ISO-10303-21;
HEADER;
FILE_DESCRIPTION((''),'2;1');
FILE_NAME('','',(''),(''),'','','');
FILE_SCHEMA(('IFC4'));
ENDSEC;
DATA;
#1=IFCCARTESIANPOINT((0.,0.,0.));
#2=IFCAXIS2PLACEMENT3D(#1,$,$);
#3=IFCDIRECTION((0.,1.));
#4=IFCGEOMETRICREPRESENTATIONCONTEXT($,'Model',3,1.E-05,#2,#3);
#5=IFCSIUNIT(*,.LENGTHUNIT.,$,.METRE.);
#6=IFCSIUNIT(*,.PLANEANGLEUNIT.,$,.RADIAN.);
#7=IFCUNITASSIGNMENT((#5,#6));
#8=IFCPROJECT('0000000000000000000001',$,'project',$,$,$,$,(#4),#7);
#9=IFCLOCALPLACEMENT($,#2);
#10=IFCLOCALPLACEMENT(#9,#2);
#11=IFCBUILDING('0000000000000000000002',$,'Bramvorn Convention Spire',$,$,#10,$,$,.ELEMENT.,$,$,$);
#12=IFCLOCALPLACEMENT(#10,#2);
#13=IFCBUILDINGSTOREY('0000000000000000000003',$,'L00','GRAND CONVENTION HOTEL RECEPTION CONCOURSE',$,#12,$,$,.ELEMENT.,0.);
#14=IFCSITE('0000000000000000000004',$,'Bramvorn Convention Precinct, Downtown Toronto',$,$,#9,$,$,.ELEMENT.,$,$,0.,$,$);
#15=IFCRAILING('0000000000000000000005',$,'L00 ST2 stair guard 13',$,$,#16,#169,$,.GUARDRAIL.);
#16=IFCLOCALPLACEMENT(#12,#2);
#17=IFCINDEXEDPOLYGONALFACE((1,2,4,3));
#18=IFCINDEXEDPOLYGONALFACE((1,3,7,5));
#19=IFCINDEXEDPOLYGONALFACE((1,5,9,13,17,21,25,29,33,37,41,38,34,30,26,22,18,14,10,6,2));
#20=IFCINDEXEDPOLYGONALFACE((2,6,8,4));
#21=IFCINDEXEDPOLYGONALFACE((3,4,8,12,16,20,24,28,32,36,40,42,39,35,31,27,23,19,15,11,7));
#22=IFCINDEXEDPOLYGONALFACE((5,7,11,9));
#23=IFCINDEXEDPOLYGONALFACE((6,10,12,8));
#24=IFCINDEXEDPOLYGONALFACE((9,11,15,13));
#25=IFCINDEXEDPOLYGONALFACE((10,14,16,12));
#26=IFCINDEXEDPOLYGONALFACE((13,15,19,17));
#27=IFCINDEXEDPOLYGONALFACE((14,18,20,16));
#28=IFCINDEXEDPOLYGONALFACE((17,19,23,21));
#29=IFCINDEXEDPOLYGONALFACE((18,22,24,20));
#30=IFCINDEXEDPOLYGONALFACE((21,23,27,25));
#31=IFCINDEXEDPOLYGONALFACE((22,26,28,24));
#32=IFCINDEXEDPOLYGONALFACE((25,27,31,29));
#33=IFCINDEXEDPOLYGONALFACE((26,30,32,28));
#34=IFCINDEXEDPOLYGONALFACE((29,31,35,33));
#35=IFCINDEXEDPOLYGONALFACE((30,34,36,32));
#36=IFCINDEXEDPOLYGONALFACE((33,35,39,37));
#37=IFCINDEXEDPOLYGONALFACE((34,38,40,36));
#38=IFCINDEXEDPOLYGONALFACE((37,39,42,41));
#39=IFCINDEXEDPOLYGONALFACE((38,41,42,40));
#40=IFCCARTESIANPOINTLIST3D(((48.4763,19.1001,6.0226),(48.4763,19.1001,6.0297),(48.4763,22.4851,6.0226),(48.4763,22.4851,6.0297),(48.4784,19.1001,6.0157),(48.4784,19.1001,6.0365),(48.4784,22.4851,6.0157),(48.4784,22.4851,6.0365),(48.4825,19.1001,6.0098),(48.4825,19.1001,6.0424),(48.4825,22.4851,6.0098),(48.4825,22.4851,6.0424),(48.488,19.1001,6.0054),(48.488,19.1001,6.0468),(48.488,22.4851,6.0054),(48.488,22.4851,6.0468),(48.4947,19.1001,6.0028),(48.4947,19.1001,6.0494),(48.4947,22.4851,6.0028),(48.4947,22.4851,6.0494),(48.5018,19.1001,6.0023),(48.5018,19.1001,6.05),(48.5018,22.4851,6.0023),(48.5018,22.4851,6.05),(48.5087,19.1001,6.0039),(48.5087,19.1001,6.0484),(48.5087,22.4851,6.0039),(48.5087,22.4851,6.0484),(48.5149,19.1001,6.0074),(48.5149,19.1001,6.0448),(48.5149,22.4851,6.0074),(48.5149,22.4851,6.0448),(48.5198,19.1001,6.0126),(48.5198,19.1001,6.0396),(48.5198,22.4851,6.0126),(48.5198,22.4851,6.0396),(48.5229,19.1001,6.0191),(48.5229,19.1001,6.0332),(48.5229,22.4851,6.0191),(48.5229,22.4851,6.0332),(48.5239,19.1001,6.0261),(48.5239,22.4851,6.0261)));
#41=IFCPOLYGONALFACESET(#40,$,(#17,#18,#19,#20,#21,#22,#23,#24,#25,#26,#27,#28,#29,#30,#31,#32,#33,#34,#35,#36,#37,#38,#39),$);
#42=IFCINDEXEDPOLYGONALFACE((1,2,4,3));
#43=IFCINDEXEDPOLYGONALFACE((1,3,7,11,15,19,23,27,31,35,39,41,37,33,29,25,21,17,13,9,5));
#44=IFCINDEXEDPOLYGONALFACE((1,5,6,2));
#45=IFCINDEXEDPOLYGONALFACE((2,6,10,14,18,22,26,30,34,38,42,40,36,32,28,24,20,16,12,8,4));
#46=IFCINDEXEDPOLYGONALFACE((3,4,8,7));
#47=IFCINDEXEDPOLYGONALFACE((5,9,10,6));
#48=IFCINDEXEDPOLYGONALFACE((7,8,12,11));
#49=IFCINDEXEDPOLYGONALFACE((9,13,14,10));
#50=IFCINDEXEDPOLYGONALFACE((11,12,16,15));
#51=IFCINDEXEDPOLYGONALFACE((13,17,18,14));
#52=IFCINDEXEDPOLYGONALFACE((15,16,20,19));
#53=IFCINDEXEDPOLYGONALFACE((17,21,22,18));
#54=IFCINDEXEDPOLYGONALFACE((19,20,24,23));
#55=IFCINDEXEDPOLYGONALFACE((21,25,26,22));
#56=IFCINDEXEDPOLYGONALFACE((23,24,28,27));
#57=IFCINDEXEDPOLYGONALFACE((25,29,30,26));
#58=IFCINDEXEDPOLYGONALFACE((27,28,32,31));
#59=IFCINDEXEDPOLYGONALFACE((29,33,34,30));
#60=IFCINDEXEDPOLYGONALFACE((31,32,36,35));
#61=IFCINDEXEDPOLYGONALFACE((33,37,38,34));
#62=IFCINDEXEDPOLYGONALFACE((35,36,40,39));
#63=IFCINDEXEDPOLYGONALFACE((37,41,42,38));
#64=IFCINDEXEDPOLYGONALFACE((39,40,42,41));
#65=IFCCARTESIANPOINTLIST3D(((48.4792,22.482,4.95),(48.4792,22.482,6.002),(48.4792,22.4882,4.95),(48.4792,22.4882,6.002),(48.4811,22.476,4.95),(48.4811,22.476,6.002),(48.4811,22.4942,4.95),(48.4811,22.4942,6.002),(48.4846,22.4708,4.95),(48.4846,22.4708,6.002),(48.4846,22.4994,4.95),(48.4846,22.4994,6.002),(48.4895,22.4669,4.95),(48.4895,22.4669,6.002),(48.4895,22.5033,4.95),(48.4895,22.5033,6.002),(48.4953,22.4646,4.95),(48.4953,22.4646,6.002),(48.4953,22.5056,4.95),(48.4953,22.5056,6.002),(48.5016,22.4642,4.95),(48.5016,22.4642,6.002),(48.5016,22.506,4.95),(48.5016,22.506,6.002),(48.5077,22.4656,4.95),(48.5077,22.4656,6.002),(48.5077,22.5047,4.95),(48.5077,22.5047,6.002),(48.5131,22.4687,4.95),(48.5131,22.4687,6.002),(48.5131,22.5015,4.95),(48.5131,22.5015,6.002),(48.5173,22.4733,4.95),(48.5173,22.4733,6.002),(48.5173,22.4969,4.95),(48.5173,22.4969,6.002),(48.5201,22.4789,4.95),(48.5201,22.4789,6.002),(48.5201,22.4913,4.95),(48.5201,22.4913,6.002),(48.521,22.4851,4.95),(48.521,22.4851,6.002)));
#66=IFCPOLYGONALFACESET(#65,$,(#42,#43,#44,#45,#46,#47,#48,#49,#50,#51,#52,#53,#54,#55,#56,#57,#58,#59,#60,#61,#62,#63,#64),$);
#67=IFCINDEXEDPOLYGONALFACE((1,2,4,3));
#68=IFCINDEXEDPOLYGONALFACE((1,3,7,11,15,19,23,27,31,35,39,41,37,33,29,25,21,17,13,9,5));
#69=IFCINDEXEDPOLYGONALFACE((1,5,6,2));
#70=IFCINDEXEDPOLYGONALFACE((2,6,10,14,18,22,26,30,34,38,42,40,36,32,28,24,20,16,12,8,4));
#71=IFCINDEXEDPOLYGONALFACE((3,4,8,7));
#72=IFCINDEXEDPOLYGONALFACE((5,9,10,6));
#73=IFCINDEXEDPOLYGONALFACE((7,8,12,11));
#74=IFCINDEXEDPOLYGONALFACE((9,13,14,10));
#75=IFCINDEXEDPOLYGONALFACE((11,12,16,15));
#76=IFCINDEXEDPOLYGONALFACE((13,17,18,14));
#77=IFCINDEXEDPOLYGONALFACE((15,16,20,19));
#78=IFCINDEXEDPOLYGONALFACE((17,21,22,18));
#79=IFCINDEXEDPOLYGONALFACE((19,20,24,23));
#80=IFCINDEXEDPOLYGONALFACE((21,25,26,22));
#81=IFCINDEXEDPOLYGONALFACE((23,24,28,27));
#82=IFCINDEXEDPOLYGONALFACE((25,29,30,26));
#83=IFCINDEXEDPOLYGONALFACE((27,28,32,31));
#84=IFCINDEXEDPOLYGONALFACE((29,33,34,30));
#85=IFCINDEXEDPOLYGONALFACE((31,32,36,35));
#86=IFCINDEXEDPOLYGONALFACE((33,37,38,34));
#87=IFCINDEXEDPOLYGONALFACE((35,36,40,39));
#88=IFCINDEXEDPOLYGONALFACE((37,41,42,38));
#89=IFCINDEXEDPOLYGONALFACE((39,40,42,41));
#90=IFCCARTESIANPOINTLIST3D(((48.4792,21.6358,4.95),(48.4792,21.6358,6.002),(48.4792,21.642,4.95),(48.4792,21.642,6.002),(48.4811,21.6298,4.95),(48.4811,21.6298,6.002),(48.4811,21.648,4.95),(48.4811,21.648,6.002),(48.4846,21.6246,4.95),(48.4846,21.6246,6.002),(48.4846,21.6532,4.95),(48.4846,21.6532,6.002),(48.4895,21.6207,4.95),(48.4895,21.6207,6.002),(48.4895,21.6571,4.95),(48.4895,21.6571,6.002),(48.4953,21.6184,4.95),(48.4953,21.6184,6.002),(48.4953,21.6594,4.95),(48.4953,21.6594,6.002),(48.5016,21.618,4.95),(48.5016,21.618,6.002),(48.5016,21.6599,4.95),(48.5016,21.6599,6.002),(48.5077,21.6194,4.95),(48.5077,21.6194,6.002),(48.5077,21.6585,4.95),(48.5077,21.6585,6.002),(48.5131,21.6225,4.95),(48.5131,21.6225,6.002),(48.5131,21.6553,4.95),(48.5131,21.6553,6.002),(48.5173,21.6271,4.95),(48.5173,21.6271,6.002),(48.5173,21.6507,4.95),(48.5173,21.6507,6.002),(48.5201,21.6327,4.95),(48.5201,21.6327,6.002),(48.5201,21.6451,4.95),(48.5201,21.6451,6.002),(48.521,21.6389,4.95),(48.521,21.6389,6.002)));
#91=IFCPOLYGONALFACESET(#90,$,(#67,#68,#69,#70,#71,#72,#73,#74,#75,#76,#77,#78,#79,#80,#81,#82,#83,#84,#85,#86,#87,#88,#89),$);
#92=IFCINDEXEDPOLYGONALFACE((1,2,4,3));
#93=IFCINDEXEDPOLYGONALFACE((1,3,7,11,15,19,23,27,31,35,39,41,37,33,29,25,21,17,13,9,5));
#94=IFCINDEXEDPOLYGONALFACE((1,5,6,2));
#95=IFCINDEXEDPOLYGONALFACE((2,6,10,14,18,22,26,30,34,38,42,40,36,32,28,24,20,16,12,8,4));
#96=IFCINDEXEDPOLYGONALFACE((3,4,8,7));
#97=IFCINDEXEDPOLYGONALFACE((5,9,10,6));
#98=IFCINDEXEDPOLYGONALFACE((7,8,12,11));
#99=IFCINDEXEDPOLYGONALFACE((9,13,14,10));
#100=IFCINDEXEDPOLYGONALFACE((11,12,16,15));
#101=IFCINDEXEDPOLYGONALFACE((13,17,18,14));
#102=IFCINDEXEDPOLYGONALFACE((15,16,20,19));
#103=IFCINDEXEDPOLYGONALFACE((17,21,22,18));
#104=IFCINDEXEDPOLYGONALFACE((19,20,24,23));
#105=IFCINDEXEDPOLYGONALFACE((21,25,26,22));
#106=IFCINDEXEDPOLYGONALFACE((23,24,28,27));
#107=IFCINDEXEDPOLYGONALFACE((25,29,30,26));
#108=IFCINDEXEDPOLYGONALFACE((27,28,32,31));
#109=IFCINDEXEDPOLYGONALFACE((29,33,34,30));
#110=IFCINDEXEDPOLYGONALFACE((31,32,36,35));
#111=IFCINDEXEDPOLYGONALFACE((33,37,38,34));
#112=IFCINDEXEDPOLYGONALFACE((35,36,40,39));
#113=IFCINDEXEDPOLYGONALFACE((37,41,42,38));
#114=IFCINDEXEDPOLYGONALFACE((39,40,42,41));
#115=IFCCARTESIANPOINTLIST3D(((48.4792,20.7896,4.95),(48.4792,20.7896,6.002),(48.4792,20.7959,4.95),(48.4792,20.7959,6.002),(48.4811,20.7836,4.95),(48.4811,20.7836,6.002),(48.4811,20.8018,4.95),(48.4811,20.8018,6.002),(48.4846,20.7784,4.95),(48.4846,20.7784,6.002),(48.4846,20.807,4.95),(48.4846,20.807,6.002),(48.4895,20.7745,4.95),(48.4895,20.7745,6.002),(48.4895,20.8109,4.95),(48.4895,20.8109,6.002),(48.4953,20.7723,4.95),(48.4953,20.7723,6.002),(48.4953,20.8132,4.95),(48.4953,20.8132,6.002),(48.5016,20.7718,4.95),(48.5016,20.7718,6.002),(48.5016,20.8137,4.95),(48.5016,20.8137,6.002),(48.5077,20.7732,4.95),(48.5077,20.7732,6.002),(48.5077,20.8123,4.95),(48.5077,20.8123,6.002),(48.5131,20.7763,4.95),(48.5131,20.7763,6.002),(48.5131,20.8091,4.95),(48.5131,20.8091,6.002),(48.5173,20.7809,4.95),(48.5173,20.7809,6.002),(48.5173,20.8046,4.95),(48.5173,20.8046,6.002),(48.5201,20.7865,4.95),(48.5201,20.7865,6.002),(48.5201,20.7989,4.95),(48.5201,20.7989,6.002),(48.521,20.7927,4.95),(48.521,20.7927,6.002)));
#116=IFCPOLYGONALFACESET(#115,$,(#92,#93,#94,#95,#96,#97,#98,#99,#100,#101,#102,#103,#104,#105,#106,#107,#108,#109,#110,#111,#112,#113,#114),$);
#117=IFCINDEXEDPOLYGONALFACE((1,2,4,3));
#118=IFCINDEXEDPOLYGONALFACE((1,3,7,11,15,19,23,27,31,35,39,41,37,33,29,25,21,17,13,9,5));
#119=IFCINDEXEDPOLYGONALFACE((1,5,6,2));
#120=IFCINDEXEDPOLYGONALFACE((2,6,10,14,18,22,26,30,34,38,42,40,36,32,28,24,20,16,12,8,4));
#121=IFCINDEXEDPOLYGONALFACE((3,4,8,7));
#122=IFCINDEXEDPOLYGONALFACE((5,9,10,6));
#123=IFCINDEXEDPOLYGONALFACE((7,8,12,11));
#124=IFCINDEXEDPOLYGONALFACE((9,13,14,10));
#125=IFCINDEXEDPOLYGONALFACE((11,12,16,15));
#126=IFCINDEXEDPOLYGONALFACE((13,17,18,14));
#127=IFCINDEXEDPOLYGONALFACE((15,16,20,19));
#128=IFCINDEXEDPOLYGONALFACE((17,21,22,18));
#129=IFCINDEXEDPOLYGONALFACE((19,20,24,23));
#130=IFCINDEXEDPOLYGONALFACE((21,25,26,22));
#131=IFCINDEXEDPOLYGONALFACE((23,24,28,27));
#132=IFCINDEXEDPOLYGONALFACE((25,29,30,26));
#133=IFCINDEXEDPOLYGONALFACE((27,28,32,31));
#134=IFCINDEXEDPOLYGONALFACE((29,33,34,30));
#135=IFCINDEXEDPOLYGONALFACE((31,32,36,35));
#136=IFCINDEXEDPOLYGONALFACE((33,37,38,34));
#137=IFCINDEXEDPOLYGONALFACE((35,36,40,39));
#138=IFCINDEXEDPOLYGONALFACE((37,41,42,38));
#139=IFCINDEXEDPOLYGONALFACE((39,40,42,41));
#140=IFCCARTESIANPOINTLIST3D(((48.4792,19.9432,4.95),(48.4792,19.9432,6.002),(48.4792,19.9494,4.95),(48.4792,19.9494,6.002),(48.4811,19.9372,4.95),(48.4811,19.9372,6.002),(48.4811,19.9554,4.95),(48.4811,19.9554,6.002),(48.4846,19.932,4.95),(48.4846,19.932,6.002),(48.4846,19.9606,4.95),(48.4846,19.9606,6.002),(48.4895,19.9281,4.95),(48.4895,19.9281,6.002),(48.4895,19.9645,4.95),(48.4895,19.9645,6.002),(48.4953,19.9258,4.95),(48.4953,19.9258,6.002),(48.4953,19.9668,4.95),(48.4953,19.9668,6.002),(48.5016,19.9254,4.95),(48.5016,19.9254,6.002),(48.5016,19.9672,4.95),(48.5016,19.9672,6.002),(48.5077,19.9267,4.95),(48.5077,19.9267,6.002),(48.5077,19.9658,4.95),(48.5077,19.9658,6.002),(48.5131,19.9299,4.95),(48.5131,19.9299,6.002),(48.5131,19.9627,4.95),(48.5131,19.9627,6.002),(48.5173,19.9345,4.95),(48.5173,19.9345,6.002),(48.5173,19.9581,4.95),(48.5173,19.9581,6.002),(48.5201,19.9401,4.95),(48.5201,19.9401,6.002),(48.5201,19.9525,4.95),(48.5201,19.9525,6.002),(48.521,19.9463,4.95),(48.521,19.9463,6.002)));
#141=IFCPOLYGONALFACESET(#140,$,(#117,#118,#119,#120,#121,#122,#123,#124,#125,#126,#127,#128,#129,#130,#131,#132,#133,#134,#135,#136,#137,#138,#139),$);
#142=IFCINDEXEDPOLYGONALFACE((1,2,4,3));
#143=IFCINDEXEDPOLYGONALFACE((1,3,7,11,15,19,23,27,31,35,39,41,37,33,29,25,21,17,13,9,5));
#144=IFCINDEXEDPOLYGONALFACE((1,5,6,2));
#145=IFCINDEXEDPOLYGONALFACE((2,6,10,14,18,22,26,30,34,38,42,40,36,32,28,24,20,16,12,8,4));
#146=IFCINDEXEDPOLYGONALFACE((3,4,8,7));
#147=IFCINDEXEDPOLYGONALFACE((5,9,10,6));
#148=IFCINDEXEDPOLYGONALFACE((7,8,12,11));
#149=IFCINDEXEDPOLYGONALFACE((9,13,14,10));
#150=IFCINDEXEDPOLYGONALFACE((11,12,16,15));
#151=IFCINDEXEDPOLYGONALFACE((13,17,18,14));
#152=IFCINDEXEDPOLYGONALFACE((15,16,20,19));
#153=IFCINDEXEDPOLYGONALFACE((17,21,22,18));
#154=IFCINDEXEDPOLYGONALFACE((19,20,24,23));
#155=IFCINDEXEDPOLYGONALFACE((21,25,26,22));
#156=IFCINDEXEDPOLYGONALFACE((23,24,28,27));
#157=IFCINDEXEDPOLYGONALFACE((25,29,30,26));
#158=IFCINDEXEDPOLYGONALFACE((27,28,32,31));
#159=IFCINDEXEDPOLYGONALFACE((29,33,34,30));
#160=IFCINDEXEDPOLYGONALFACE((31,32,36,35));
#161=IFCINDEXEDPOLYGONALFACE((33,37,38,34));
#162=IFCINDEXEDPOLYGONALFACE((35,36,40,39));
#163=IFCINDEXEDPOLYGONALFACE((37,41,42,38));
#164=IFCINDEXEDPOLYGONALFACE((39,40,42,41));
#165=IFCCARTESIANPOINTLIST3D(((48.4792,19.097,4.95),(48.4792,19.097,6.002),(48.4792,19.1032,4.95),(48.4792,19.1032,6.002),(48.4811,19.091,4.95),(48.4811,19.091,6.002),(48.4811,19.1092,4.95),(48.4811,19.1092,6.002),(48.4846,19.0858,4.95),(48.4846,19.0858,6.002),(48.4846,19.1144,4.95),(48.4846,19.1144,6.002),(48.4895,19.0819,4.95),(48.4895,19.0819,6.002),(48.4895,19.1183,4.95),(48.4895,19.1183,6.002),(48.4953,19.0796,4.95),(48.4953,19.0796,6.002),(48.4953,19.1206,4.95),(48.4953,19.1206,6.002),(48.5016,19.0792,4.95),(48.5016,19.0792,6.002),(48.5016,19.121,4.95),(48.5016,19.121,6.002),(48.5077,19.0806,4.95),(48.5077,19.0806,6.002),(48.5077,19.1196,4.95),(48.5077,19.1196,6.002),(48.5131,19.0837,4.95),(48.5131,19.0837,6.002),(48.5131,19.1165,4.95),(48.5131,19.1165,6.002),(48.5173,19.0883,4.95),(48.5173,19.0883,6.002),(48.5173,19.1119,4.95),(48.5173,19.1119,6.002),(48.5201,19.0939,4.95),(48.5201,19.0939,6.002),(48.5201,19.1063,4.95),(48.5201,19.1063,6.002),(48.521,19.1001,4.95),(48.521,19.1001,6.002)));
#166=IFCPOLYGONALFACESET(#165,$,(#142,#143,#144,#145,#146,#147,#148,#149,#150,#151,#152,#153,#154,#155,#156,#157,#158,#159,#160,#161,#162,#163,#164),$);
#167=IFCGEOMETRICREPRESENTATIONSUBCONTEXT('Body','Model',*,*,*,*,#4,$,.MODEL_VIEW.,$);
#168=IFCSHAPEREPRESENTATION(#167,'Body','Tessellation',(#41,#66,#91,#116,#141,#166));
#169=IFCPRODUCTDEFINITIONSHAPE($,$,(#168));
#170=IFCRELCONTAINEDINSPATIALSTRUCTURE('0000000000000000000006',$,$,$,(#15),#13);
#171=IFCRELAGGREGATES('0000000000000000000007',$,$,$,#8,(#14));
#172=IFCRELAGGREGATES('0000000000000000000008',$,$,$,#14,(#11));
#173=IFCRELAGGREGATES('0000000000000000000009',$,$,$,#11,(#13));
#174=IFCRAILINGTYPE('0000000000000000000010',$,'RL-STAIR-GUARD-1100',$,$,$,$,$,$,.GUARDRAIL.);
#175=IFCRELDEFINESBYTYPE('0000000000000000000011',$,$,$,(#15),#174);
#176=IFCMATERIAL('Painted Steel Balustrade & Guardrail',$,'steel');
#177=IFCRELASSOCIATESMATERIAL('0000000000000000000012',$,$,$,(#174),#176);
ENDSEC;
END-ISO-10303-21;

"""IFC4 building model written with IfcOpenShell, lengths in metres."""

from ifc_helpers import new_model, si_unit, direction, frame, origin, origin_2d, place, context, subcontext, project, spatial, circle, extrude, material, type_object, element, save


model = new_model("IFC4")

# Units and contexts
model_context = context("Model", 3, precision=1e-05, world=origin(), true_north=direction((0.0, 1.0)))
body_context = subcontext(model_context, "Body", "Model", "MODEL_VIEW")
ifc_project = project(units=[si_unit("LENGTHUNIT", "METRE"), si_unit("PLANEANGLEUNIT", "RADIAN")], contexts=[model_context])

# Site, building, storey
site_placement = place(None, origin())
site = spatial("IfcSite", under=ifc_project, at=site_placement, Name="Bramvorn Convention Precinct, Downtown Toronto", CompositionType="ELEMENT", RefElevation=0.0)
building_placement = place(site_placement, origin())
building = spatial("IfcBuilding", under=site, at=building_placement, Name="Bramvorn Convention Spire", CompositionType="ELEMENT")
storey_placement = place(building_placement, origin())
storey = spatial("IfcBuildingStorey", under=building, at=storey_placement, Name="L00", Description="GRAND CONVENTION HOTEL RECEPTION CONCOURSE", CompositionType="ELEMENT", Elevation=0.0)

# Railing
ifc_material_1 = material(Name="Painted Steel Balustrade & Guardrail", Category="steel")
railing_type_1 = type_object("IfcRailingType", Name="RL-STAIR-GUARD-1100", PredefinedType="GUARDRAIL", material=ifc_material_1)
for number, where, name in (
    (1, (48.5, 22.4851, 4.95), "L00 ST2 stair guard 13"),
):
    element("IfcRailing", number, at=place(storey_placement, frame(where)), inside=storey, type_object=railing_type_1, Name=name, PredefinedType="GUARDRAIL", context=body_context, shape_type="SweptSolid", body=[
        extrude(circle(Radius=0.0239, at=origin_2d()), frame((0.0, 0.0, 1.0762), z_axis=(0.0, -1.0, 0.0), x_axis=(1.0, 0.0, 0.0)), (0.0, 0.0, 1.0), 3.385),
        extrude(circle(Radius=0.021, at=origin_2d()), origin(), (0.0, 0.0, 1.0), 1.052),
        extrude(circle(Radius=0.021, at=origin_2d()), frame((0.0, -0.8462, 0.0)), (0.0, 0.0, 1.0), 1.052),
        extrude(circle(Radius=0.021, at=origin_2d()), frame((0.0, -1.6924, 0.0)), (0.0, 0.0, 1.0), 1.052),
        extrude(circle(Radius=0.021, at=origin_2d()), frame((0.0, -2.5388, 0.0)), (0.0, 0.0, 1.0), 1.052),
        extrude(circle(Radius=0.021, at=origin_2d()), frame((0.0, -3.385, 0.0)), (0.0, 0.0, 1.0), 1.052),
    ])

save(model, "model.ifc")
